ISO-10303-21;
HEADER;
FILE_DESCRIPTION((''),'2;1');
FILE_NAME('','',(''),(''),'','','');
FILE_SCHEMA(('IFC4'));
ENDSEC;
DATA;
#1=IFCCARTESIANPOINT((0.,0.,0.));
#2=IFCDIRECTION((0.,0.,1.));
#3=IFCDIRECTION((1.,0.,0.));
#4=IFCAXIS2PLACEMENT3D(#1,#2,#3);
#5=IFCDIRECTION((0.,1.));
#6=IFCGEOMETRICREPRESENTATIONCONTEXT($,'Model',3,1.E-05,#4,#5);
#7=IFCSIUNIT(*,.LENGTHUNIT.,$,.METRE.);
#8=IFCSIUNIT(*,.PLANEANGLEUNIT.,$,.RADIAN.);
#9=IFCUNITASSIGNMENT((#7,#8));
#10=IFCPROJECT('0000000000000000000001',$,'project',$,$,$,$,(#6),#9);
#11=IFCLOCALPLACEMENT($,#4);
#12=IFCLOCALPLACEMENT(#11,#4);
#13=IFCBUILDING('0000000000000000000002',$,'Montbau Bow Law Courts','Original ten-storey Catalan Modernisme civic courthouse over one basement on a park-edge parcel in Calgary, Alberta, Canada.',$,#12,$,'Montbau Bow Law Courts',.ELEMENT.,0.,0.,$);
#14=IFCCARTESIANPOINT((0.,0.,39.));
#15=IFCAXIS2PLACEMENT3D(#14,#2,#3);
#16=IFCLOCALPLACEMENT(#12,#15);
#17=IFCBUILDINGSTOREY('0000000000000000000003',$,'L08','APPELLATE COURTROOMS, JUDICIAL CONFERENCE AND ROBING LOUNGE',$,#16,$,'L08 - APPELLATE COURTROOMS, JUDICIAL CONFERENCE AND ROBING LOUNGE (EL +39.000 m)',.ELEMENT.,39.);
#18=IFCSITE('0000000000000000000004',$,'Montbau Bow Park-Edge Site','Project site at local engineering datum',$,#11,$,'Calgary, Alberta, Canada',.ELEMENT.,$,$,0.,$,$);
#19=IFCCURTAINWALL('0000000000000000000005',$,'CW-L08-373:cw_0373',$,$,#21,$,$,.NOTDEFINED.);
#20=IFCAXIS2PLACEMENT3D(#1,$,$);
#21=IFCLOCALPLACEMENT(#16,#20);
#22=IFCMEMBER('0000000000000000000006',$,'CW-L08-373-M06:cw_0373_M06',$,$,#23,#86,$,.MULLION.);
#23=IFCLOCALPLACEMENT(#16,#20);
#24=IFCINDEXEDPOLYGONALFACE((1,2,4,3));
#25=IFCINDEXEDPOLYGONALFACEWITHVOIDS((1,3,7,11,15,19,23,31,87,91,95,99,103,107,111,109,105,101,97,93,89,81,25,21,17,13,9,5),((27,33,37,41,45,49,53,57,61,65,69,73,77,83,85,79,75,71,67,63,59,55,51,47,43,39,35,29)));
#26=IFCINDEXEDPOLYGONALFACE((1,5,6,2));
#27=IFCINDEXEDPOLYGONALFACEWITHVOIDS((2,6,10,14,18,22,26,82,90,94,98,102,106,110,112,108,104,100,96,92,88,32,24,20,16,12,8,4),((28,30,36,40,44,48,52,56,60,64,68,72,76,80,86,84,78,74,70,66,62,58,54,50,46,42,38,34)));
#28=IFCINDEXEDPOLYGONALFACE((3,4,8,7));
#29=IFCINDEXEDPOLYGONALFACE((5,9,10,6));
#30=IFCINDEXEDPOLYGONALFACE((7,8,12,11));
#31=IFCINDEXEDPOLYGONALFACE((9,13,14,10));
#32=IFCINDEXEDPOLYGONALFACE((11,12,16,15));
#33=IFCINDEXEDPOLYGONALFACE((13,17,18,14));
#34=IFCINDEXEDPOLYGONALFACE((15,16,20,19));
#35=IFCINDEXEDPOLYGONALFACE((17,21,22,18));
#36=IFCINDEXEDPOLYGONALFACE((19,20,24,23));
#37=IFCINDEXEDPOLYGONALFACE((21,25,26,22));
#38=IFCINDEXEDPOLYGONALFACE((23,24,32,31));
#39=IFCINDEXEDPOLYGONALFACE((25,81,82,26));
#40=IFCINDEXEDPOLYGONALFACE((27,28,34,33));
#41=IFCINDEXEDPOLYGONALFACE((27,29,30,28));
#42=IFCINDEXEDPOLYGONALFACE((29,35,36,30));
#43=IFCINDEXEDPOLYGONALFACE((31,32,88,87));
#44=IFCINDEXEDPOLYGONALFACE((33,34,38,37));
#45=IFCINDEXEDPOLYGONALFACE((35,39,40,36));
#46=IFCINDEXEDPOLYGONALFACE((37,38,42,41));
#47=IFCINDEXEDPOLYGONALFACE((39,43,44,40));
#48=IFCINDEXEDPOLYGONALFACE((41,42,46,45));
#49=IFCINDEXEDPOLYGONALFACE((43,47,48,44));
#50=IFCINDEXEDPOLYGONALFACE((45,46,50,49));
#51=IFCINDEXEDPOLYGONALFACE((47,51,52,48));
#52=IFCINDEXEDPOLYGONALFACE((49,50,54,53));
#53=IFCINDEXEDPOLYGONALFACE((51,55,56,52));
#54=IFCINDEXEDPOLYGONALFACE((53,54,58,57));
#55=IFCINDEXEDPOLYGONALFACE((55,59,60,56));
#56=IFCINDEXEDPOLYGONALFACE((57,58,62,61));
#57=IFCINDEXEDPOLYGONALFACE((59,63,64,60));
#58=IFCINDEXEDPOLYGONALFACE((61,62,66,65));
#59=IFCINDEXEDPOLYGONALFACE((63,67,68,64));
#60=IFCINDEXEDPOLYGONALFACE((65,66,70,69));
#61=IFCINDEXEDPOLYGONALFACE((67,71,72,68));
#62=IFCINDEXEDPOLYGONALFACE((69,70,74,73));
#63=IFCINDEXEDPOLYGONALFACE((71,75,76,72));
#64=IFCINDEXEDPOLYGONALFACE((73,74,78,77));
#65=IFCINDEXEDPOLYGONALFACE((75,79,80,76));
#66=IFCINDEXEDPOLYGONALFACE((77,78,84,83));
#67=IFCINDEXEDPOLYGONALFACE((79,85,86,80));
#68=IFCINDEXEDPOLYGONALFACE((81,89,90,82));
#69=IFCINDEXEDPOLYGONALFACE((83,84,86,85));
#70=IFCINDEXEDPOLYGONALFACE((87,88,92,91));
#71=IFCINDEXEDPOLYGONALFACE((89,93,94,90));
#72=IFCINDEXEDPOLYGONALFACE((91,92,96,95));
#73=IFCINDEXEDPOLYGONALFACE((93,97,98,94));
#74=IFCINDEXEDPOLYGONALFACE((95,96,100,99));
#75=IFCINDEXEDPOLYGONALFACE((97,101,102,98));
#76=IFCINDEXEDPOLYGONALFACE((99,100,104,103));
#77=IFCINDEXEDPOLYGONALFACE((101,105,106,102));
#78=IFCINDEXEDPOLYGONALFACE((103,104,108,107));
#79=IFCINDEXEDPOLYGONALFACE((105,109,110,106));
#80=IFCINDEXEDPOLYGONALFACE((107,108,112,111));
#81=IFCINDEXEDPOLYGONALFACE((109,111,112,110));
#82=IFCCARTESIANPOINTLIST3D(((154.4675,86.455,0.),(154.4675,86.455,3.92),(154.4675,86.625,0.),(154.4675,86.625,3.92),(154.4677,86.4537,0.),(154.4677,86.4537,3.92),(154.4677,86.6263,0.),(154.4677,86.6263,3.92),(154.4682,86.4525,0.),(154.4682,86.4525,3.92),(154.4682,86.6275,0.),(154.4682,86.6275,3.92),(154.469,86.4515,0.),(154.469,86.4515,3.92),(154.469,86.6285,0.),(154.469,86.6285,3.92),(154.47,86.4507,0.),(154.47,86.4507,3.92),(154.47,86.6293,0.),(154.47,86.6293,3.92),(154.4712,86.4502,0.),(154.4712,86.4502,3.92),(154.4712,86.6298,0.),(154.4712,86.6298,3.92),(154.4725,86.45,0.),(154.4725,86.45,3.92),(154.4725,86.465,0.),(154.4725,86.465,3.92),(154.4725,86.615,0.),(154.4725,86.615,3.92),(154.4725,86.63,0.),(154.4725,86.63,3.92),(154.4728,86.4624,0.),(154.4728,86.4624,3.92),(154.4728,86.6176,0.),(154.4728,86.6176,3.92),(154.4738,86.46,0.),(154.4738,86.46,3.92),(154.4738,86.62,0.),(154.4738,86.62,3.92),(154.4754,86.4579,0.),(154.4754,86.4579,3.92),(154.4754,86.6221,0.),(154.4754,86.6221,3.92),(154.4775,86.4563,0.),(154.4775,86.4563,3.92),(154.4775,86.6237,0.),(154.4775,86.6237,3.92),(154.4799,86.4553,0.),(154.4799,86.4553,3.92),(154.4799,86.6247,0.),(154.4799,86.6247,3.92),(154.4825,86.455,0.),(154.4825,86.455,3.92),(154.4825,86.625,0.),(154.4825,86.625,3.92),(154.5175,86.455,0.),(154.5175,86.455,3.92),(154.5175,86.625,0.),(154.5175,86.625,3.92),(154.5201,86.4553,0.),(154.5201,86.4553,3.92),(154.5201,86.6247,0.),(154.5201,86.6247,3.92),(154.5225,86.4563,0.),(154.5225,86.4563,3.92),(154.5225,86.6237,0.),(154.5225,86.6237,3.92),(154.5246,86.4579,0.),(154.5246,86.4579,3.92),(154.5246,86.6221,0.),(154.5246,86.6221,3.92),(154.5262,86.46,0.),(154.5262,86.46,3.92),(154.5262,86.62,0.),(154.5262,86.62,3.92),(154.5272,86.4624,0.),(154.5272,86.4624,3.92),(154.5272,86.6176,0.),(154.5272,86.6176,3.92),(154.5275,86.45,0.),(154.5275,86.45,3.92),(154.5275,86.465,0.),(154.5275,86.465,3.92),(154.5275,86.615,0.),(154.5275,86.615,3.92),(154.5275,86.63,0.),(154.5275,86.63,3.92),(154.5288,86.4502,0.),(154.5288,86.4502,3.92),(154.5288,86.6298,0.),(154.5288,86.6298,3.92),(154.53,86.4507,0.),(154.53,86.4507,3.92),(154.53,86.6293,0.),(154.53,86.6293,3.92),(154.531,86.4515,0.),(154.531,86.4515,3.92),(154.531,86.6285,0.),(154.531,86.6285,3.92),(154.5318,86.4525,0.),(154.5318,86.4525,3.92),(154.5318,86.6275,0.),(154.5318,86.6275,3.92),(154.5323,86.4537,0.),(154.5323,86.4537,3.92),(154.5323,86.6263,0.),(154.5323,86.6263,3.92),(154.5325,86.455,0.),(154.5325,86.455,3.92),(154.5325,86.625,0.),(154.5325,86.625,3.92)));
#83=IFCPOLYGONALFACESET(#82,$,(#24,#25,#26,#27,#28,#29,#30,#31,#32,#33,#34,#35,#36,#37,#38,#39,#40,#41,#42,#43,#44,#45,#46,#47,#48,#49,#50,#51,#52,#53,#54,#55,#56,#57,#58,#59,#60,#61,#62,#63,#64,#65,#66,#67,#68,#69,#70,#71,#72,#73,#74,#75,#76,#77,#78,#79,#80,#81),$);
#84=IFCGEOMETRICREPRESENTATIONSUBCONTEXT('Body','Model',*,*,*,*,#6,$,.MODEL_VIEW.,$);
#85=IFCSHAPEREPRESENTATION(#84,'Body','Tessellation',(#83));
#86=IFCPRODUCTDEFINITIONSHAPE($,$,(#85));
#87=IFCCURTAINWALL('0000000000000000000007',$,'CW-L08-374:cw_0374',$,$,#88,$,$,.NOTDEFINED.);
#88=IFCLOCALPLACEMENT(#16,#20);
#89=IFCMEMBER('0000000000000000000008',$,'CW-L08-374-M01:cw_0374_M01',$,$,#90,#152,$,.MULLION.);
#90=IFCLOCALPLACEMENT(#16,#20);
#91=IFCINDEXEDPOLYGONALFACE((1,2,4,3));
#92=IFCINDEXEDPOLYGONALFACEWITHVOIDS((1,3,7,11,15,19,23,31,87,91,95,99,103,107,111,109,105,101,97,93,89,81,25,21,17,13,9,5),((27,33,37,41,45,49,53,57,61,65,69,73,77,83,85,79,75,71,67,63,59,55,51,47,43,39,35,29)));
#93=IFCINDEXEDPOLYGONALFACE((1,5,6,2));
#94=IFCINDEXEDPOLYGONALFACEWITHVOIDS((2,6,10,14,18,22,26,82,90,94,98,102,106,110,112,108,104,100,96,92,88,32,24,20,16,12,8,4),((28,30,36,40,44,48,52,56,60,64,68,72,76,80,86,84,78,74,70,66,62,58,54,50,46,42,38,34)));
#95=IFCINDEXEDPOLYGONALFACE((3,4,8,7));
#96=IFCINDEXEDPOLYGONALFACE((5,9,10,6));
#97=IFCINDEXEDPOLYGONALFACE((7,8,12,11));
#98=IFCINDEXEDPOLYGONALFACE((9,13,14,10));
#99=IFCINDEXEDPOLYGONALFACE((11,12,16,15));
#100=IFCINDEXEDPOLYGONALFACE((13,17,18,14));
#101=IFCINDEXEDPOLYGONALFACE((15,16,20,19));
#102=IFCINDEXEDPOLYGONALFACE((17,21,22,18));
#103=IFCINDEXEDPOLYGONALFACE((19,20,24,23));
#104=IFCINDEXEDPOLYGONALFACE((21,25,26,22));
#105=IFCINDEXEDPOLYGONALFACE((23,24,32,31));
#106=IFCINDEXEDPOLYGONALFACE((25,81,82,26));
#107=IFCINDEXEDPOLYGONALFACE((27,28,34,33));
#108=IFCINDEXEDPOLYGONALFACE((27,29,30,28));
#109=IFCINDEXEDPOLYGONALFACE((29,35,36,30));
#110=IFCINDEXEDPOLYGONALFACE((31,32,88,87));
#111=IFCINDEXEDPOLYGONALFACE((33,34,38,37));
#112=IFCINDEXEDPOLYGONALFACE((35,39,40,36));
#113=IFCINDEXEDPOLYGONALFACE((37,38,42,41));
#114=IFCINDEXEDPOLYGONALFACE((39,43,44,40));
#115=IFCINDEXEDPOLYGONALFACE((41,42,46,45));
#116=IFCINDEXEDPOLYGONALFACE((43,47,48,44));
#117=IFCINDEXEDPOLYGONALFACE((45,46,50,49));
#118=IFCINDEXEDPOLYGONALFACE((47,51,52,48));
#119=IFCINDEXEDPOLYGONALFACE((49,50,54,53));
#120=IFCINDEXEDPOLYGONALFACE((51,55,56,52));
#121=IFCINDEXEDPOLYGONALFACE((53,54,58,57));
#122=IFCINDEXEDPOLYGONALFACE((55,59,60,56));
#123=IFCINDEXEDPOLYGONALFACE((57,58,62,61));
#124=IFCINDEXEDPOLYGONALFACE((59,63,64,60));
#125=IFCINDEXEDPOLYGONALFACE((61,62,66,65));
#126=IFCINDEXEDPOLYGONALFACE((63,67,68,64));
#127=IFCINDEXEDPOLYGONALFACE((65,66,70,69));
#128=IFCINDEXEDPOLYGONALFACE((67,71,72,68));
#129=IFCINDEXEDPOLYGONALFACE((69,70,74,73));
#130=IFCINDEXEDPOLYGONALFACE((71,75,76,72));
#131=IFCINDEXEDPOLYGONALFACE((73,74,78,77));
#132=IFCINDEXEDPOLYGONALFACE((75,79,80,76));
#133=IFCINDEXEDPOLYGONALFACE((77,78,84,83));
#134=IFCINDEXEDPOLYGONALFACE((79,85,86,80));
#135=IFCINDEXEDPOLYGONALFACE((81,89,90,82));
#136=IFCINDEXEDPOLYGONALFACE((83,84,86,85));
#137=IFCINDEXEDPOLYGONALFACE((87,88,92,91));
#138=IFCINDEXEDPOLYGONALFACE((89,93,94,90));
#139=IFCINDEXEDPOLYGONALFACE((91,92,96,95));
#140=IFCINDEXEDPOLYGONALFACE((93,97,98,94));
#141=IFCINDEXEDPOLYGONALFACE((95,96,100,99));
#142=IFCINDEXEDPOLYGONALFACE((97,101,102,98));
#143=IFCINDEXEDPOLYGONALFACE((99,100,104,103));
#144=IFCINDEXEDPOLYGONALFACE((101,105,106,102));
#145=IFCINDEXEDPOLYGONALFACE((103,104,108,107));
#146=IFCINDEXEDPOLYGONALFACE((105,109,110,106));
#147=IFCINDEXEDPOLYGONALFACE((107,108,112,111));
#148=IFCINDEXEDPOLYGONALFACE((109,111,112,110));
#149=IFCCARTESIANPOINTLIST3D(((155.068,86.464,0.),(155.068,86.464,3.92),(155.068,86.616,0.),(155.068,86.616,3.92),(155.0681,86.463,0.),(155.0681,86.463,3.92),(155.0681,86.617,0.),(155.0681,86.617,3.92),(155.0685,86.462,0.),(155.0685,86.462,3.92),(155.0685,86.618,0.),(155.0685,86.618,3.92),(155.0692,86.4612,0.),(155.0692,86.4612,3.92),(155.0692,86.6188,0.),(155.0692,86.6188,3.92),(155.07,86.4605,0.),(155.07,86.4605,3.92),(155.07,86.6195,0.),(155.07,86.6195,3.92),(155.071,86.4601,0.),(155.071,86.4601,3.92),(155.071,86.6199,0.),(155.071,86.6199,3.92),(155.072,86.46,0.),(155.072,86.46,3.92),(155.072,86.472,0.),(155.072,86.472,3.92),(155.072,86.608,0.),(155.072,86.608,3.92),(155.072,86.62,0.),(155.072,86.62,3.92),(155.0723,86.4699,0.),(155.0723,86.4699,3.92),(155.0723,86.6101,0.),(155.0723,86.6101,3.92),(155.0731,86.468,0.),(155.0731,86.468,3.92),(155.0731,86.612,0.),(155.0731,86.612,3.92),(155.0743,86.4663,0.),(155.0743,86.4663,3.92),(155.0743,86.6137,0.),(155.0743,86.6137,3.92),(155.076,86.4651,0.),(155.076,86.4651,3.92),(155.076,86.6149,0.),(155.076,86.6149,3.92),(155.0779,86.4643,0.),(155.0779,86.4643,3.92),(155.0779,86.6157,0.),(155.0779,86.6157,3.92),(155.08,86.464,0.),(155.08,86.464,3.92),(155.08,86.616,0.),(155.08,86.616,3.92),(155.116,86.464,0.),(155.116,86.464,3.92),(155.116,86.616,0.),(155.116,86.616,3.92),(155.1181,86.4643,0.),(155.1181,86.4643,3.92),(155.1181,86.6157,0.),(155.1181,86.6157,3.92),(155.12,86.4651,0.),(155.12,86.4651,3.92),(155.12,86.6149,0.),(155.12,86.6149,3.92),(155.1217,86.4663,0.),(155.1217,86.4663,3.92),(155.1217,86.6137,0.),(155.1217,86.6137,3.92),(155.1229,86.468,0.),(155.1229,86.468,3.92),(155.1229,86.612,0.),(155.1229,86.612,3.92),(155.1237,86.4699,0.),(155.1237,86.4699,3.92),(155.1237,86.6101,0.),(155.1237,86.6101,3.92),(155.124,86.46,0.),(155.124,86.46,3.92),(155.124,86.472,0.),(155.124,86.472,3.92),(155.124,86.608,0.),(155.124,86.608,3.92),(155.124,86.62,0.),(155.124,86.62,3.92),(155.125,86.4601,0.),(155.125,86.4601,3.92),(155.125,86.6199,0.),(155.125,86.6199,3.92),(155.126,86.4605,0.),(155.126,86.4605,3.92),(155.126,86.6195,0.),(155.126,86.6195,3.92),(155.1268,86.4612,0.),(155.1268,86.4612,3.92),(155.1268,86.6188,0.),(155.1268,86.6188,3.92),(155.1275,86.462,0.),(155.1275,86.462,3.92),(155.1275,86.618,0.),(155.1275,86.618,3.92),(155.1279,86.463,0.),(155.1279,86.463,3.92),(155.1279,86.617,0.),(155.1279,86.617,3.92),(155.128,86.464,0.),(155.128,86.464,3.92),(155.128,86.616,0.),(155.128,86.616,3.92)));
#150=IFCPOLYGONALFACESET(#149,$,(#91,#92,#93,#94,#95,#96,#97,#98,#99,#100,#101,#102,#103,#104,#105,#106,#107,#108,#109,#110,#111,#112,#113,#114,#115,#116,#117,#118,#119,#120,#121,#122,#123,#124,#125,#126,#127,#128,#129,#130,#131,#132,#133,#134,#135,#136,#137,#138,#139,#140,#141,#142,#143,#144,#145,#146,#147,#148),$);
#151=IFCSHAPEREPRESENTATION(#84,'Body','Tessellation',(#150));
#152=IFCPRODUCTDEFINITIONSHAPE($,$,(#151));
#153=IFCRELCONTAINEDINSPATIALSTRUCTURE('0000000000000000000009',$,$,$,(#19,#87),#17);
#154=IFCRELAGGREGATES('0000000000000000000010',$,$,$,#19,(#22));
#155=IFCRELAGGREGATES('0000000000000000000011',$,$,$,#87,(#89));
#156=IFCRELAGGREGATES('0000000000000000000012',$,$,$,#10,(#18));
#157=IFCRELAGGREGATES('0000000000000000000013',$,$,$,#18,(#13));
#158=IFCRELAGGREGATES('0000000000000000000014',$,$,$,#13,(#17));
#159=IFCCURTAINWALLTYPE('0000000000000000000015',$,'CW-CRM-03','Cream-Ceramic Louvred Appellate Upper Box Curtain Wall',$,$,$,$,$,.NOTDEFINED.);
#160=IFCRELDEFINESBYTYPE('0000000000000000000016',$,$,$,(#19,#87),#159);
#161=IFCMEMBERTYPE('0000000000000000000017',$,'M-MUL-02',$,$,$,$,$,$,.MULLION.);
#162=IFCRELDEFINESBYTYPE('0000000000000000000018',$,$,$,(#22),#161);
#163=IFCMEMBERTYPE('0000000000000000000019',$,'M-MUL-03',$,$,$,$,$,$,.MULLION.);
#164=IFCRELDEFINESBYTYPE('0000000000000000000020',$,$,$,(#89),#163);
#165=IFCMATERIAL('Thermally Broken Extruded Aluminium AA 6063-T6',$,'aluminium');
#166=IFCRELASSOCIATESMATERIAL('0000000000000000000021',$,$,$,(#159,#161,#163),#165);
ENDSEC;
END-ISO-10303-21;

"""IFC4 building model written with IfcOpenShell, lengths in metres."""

from ifc_helpers import new_model, si_unit, direction, frame, origin_with_axes, origin_2d_with_axis, place, context, subcontext, project, spatial, hollow_rectangle, extrude, material, material_profile, profile_set, type_object, element, aggregate, save


model = new_model("IFC4")

# Units and contexts
model_context = context("Model", 3, precision=1e-05, world=origin_with_axes(), true_north=direction((0.0, 1.0)))
body_context = subcontext(model_context, "Body", "Model", "MODEL_VIEW")
ifc_project = project(units=[si_unit("LENGTHUNIT", "METRE"), si_unit("PLANEANGLEUNIT", "RADIAN")], contexts=[model_context])

# Site, building, storey
site_placement = place(None, origin_with_axes())
site = spatial("IfcSite", under=ifc_project, at=site_placement, Name="Montbau Bow Park-Edge Site", Description="Project site at local engineering datum", LongName="Calgary, Alberta, Canada", CompositionType="ELEMENT", RefElevation=0.0)
building_placement = place(site_placement, origin_with_axes())
building = spatial("IfcBuilding", under=site, at=building_placement, Name="Montbau Bow Law Courts", Description="Original ten-storey Catalan Modernisme civic courthouse over one basement on a park-edge parcel in Calgary, Alberta, Canada.", LongName="Montbau Bow Law Courts", CompositionType="ELEMENT", ElevationOfRefHeight=0.0, ElevationOfTerrain=0.0)
storey_placement = place(building_placement, frame((0.0, 0.0, 39.0), z_axis=(0.0, 0.0, 1.0), x_axis=(1.0, 0.0, 0.0)))
storey = spatial("IfcBuildingStorey", under=building, at=storey_placement, Name="L08", Description="APPELLATE COURTROOMS, JUDICIAL CONFERENCE AND ROBING LOUNGE", LongName="L08 - APPELLATE COURTROOMS, JUDICIAL CONFERENCE AND ROBING LOUNGE (EL +39.000 m)", CompositionType="ELEMENT", Elevation=39.0)

# Curtain wall, member
ifc_material_1 = material(Name="Thermally Broken Extruded Aluminium AA 6063-T6", Category="aluminium")
curtain_wall_type = type_object("IfcCurtainWallType", Name="CW-CRM-03", Description="Cream-Ceramic Louvred Appellate Upper Box Curtain Wall", PredefinedType="NOTDEFINED", material=ifc_material_1)
curtain_wall_1_placement = place(None, frame((147.515, 86.54, 39.0), z_axis=(0.0, 0.0, 1.0), x_axis=(1.0, 0.0, 0.0)))
curtain_wall_1 = element("IfcCurtainWall", 1, at=curtain_wall_1_placement, inside=storey, type_object=curtain_wall_type, Name="CW-L08-373:cw_0373", PredefinedType="NOTDEFINED")
ifc_material_profile_1 = material_profile(ifc_material_1, hollow_rectangle(XDim=0.065, YDim=0.18, WallThickness=0.005, InnerFilletRadius=0.01, OuterFilletRadius=0.005, at=origin_2d_with_axis()), Name="CWM-180X65", Category="Main", Priority=0)
ifc_profile_set_1 = profile_set([ifc_material_profile_1], Name="Thermally Broken Extruded Aluminium AA 6063-T6")
member_type_1 = type_object("IfcMemberType", Name="M-MUL-02", PredefinedType="MULLION", material=ifc_profile_set_1)
member_1_placement = place(None, frame((154.5, 86.54, 39.0), z_axis=(0.0, 0.0, 1.0), x_axis=(1.0, 0.0, 0.0)))
member_1 = element("IfcMember", 2, at=member_1_placement, type_object=member_type_1, Name="CW-L08-373-M06:cw_0373_M06", PredefinedType="MULLION", context=body_context, shape_type="SweptSolid", body=[
    extrude(hollow_rectangle(XDim=0.065, YDim=0.18, WallThickness=0.005, InnerFilletRadius=0.01, OuterFilletRadius=0.005, at=origin_2d_with_axis()), origin_with_axes(), (0.0, 0.0, 1.0), 3.92),
])

# Curtain wall, member
curtain_wall_2_placement = place(None, frame((155.068, 86.54, 39.0), z_axis=(0.0, 0.0, 1.0), x_axis=(1.0, 0.0, 0.0)))
curtain_wall_2 = element("IfcCurtainWall", 3, at=curtain_wall_2_placement, inside=storey, type_object=curtain_wall_type, Name="CW-L08-374:cw_0374", PredefinedType="NOTDEFINED")
ifc_material_profile_2 = material_profile(ifc_material_1, hollow_rectangle(XDim=0.06, YDim=0.16, WallThickness=0.004, InnerFilletRadius=0.008, OuterFilletRadius=0.004, at=origin_2d_with_axis()), Name="CWM-160X60", Category="Main", Priority=0)
ifc_profile_set_2 = profile_set([ifc_material_profile_2], Name="Thermally Broken Extruded Aluminium AA 6063-T6")
member_type_2 = type_object("IfcMemberType", Name="M-MUL-03", PredefinedType="MULLION", material=ifc_profile_set_2)
member_2_placement = place(None, frame((155.098, 86.54, 39.0), z_axis=(0.0, 0.0, 1.0), x_axis=(1.0, 0.0, 0.0)))
member_2 = element("IfcMember", 4, at=member_2_placement, type_object=member_type_2, Name="CW-L08-374-M01:cw_0374_M01", PredefinedType="MULLION", context=body_context, shape_type="SweptSolid", body=[
    extrude(hollow_rectangle(XDim=0.06, YDim=0.16, WallThickness=0.004, InnerFilletRadius=0.008, OuterFilletRadius=0.004, at=origin_2d_with_axis()), origin_with_axes(), (0.0, 0.0, 1.0), 3.92),
])

aggregate(curtain_wall_1, [member_1])
aggregate(curtain_wall_2, [member_2])

save(model, "model.ifc")
